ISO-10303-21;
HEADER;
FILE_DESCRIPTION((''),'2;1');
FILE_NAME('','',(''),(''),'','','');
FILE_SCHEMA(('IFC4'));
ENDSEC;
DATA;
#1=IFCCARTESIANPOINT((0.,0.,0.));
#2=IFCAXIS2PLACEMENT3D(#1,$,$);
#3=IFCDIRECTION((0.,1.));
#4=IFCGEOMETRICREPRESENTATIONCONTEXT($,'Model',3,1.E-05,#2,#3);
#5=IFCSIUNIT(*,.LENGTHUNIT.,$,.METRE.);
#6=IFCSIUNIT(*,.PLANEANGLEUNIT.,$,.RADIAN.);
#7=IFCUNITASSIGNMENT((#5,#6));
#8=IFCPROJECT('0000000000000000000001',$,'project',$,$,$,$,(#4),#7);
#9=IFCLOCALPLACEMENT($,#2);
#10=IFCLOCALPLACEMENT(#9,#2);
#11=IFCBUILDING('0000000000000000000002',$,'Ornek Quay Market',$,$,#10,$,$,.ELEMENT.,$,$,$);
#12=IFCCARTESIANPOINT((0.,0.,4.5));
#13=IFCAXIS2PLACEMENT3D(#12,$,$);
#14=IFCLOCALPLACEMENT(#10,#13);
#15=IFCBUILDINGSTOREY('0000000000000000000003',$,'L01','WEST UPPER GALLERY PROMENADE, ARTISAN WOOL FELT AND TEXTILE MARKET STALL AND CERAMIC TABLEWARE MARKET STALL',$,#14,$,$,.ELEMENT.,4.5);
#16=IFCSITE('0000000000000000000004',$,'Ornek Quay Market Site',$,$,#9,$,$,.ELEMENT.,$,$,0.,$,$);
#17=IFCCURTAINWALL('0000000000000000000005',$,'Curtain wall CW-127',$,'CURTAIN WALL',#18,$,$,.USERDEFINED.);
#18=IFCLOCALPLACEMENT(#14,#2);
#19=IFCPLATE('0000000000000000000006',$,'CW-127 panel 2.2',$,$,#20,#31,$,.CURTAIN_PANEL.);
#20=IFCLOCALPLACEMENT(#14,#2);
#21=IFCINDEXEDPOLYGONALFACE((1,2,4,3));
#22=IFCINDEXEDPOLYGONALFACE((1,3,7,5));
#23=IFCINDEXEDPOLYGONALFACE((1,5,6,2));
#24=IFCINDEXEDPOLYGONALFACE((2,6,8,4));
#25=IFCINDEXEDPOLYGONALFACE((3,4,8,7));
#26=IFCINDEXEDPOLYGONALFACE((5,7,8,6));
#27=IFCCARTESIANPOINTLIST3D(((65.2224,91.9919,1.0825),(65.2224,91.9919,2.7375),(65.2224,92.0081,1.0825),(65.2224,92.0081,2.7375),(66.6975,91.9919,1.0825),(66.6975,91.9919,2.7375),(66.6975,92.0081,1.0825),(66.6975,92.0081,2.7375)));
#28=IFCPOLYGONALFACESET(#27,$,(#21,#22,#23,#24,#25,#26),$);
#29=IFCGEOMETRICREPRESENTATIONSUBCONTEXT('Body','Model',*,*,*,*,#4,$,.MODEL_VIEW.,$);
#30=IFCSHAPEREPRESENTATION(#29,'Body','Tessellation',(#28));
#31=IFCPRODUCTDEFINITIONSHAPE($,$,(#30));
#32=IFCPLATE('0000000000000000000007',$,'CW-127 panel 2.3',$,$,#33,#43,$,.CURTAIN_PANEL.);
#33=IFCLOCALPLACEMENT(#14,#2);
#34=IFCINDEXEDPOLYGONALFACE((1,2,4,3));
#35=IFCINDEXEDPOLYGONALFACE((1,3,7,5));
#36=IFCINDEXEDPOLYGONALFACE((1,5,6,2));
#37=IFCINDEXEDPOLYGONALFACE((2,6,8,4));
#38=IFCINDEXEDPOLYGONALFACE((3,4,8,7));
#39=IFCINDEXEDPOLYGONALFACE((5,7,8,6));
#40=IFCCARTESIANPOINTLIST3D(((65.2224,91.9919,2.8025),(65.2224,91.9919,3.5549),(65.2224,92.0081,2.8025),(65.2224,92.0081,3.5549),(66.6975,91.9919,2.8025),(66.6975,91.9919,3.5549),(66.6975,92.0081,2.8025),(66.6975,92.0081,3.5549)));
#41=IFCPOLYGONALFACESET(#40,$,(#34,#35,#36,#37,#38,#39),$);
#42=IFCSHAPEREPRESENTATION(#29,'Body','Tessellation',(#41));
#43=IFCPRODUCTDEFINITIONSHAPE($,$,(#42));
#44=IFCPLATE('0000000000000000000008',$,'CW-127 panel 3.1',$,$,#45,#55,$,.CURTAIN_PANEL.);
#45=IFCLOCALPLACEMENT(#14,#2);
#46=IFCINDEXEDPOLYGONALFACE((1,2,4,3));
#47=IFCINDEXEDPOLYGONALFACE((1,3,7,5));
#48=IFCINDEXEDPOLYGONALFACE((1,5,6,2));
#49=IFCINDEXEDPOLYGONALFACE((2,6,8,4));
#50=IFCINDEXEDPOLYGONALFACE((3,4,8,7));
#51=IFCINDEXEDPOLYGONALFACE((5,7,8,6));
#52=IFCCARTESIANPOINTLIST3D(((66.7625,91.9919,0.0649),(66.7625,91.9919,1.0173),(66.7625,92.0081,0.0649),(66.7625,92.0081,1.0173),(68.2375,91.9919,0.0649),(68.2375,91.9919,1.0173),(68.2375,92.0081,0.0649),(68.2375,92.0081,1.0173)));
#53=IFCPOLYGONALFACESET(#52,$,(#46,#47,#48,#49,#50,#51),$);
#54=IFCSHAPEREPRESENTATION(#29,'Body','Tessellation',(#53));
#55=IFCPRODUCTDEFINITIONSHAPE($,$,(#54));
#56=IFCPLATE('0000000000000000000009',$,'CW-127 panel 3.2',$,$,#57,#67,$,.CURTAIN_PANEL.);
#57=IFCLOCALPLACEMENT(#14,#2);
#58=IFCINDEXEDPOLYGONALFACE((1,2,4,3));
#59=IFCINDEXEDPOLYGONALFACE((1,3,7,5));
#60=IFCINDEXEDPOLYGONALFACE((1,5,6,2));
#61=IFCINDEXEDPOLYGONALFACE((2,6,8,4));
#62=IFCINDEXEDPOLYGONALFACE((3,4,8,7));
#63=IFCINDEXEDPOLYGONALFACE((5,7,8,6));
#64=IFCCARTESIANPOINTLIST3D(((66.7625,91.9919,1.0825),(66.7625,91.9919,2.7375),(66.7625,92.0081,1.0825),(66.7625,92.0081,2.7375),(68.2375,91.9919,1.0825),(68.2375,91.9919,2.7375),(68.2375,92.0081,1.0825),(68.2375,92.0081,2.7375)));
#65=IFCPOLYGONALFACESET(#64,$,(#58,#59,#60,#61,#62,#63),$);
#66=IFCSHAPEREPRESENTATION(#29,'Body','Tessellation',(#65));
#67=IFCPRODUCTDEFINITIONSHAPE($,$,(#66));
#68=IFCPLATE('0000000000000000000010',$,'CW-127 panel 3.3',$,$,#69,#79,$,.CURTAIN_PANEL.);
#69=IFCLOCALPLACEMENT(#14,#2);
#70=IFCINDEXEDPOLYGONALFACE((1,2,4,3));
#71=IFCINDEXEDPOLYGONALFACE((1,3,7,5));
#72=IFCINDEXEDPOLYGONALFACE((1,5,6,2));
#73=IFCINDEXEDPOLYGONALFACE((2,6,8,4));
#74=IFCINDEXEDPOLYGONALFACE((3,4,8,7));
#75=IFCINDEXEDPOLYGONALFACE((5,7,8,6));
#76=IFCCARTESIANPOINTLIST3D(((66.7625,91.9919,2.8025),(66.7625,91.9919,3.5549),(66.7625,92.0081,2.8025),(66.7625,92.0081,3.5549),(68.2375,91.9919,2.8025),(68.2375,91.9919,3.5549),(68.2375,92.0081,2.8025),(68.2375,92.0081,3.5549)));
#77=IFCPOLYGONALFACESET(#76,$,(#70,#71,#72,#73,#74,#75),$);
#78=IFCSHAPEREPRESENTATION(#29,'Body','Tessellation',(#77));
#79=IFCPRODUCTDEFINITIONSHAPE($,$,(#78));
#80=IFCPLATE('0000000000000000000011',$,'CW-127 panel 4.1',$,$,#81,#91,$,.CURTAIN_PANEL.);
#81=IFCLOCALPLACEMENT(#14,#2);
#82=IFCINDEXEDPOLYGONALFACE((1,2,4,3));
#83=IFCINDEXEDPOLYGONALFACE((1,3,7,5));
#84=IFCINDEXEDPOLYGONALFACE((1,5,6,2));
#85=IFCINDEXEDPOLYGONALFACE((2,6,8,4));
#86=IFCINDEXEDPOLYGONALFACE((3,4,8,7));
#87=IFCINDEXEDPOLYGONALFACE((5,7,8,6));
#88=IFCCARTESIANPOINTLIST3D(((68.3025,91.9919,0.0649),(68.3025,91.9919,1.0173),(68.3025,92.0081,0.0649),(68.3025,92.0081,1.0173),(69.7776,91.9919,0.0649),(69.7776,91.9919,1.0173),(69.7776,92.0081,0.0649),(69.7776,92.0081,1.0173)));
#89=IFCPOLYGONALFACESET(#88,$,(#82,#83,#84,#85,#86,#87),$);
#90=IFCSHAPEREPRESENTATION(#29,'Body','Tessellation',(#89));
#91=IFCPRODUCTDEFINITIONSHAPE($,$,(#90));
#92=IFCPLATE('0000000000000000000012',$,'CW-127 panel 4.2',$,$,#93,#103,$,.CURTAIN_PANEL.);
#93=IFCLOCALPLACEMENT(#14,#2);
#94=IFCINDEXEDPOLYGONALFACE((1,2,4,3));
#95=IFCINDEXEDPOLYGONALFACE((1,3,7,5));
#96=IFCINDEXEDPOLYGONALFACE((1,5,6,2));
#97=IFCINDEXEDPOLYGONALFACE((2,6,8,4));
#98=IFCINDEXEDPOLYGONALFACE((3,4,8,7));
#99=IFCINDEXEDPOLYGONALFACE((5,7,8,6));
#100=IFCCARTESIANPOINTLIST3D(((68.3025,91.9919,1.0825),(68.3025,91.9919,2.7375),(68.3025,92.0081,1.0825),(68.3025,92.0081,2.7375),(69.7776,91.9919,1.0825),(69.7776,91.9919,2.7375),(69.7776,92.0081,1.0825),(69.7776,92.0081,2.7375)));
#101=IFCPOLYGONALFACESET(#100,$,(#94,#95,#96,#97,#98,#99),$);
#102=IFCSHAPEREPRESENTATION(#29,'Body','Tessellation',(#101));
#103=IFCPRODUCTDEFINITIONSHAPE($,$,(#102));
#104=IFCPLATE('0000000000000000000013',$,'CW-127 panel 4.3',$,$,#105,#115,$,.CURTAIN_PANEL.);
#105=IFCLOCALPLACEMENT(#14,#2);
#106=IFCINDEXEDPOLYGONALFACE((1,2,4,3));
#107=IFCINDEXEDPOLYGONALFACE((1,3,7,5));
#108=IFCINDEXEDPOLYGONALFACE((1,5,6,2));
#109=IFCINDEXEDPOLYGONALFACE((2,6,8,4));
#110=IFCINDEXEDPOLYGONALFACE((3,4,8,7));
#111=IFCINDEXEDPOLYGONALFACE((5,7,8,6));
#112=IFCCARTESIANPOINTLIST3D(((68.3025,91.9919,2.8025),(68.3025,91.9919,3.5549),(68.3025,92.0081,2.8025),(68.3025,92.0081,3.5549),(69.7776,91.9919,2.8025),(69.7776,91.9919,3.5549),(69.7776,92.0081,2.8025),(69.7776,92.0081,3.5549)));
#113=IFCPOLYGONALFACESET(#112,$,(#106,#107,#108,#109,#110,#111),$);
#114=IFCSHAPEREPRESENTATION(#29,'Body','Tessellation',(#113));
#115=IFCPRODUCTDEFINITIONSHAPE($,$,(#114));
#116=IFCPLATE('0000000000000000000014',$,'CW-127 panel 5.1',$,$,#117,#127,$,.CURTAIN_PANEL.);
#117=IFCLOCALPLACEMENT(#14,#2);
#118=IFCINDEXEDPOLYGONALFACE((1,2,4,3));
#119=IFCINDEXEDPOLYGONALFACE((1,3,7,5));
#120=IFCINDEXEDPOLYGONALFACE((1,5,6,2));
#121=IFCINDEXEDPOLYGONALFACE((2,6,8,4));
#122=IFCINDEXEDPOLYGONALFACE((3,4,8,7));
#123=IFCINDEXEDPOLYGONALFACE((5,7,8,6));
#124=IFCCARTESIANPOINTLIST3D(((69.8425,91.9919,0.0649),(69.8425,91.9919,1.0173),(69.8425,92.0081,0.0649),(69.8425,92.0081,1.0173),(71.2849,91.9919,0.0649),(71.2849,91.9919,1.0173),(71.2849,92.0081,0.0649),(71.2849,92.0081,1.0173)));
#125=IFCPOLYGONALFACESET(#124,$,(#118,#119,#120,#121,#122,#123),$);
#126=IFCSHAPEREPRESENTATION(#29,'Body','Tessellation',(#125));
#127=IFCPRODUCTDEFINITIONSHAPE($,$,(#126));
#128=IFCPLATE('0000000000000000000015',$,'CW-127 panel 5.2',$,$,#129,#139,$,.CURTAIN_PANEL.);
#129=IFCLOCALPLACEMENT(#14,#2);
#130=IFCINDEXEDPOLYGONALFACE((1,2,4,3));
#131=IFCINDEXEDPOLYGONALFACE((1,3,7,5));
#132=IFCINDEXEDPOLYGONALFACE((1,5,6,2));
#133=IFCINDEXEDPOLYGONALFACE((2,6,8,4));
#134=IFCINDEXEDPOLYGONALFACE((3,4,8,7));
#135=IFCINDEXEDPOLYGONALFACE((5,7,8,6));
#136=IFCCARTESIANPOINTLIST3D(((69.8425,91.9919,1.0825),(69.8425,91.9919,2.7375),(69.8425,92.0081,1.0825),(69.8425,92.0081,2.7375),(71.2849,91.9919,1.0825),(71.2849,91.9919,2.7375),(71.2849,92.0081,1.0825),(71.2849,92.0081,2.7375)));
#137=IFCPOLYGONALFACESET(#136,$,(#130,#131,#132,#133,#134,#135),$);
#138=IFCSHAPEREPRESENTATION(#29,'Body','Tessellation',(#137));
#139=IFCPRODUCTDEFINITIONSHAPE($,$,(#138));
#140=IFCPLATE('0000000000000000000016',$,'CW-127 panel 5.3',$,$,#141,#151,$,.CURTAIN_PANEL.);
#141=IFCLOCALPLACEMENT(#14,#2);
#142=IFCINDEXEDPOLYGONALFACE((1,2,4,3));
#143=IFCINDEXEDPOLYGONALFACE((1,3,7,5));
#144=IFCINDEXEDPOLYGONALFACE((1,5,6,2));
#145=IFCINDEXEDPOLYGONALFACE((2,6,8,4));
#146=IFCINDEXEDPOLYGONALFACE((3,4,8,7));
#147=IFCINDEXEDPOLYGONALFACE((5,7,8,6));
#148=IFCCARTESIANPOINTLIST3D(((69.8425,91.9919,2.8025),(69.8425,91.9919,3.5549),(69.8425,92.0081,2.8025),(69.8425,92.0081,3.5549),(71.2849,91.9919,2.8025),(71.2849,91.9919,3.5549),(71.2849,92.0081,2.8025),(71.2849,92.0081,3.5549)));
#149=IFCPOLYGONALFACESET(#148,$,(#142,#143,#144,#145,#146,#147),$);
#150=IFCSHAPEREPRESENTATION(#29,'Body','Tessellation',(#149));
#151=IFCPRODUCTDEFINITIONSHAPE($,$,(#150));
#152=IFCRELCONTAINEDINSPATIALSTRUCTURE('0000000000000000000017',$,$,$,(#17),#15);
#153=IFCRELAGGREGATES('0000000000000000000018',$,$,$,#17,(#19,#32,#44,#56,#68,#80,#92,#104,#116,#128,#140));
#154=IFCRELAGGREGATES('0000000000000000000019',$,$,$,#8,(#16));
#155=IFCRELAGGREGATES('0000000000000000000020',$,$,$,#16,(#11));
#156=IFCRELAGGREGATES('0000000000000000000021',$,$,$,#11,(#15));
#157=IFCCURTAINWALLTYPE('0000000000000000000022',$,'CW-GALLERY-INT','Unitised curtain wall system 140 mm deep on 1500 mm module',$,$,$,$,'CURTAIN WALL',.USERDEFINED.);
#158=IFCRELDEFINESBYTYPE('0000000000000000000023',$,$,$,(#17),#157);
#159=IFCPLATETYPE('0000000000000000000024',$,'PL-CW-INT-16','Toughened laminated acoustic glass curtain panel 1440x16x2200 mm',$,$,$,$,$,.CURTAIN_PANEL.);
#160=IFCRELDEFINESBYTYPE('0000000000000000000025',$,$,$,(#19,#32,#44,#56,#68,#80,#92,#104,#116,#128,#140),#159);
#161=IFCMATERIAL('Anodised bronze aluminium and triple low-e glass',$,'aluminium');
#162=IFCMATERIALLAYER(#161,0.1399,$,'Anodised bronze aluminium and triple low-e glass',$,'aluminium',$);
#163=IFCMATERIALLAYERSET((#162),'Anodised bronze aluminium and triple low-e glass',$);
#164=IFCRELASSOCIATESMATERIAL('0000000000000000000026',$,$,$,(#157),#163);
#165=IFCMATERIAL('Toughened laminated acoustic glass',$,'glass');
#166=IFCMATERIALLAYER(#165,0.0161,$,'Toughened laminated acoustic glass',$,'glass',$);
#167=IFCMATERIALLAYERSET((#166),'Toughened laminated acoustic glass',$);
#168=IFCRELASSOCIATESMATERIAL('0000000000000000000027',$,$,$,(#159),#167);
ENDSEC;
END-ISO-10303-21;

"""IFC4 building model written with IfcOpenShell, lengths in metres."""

from ifc_helpers import new_model, si_unit, direction, frame, origin, origin_2d, place, context, subcontext, project, spatial, rectangle, extrude, material, layer, layer_set, type_object, element, aggregate, save


model = new_model("IFC4")

# Units and contexts
model_context = context("Model", 3, precision=1e-05, world=origin(), true_north=direction((0.0, 1.0)))
body_context = subcontext(model_context, "Body", "Model", "MODEL_VIEW")
ifc_project = project(units=[si_unit("LENGTHUNIT", "METRE"), si_unit("PLANEANGLEUNIT", "RADIAN")], contexts=[model_context])

# Site, building, storey
site_placement = place(None, origin())
site = spatial("IfcSite", under=ifc_project, at=site_placement, Name="Ornek Quay Market Site", CompositionType="ELEMENT", RefElevation=0.0)
building_placement = place(site_placement, origin())
building = spatial("IfcBuilding", under=site, at=building_placement, Name="Ornek Quay Market", CompositionType="ELEMENT")
storey_placement = place(building_placement, frame((0.0, 0.0, 4.5)))
storey = spatial("IfcBuildingStorey", under=building, at=storey_placement, Name="L01", Description="WEST UPPER GALLERY PROMENADE, ARTISAN WOOL FELT AND TEXTILE MARKET STALL AND CERAMIC TABLEWARE MARKET STALL", CompositionType="ELEMENT", Elevation=4.5)

# Curtain wall, plates
ifc_material_1 = material(Name="Anodised bronze aluminium and triple low-e glass", Category="aluminium")
ifc_layer_1 = layer(ifc_material_1, 0.1399, Name="Anodised bronze aluminium and triple low-e glass", Category="aluminium")
ifc_layer_set_1 = layer_set([ifc_layer_1], Name="Anodised bronze aluminium and triple low-e glass")
curtain_wall_type = type_object("IfcCurtainWallType", Name="CW-GALLERY-INT", Description="Unitised curtain wall system 140 mm deep on 1500 mm module", ElementType="CURTAIN WALL", PredefinedType="USERDEFINED", material=ifc_layer_set_1)
curtain_wall_placement = place(storey_placement, origin())
curtain_wall = element("IfcCurtainWall", 1, at=curtain_wall_placement, inside=storey, type_object=curtain_wall_type, Name="Curtain wall CW-127", ObjectType="CURTAIN WALL", PredefinedType="USERDEFINED")
ifc_material_2 = material(Name="Toughened laminated acoustic glass", Category="glass")
ifc_layer_2 = layer(ifc_material_2, 0.0161, Name="Toughened laminated acoustic glass", Category="glass")
ifc_layer_set_2 = layer_set([ifc_layer_2], Name="Toughened laminated acoustic glass")
plate_type = type_object("IfcPlateType", Name="PL-CW-INT-16", Description="Toughened laminated acoustic glass curtain panel 1440x16x2200 mm", PredefinedType="CURTAIN_PANEL", material=ifc_layer_set_2)
plate_1_placement = place(storey_placement, frame((65.96, 92.0, 1.0825), z_axis=(0.0, 0.0, 1.0), x_axis=(1.0, 0.0, 0.0)))
plate_1 = element("IfcPlate", 2, at=plate_1_placement, type_object=plate_type, Name="CW-127 panel 2.2", PredefinedType="CURTAIN_PANEL", context=body_context, shape_type="SweptSolid", body=[
    extrude(rectangle(XDim=1.4751, YDim=0.0161, at=origin_2d()), origin(), (0.0, 0.0, 1.0), 1.655),
])
plate_2_placement = place(storey_placement, frame((65.96, 92.0, 2.8025), z_axis=(0.0, 0.0, 1.0), x_axis=(1.0, 0.0, 0.0)))
plate_2 = element("IfcPlate", 3, at=plate_2_placement, type_object=plate_type, Name="CW-127 panel 2.3", PredefinedType="CURTAIN_PANEL", context=body_context, shape_type="SweptSolid", body=[
    extrude(rectangle(XDim=1.4751, YDim=0.0161, at=origin_2d()), origin(), (0.0, 0.0, 1.0), 0.7524),
])
plate_3_placement = place(storey_placement, frame((67.5, 92.0, 0.0649), z_axis=(0.0, 0.0, 1.0), x_axis=(1.0, 0.0, 0.0)))
plate_3 = element("IfcPlate", 4, at=plate_3_placement, type_object=plate_type, Name="CW-127 panel 3.1", PredefinedType="CURTAIN_PANEL", context=body_context, shape_type="SweptSolid", body=[
    extrude(rectangle(XDim=1.4751, YDim=0.0161, at=origin_2d()), origin(), (0.0, 0.0, 1.0), 0.9524),
])
plate_4_placement = place(storey_placement, frame((67.5, 92.0, 1.0825), z_axis=(0.0, 0.0, 1.0), x_axis=(1.0, 0.0, 0.0)))
plate_4 = element("IfcPlate", 5, at=plate_4_placement, type_object=plate_type, Name="CW-127 panel 3.2", PredefinedType="CURTAIN_PANEL", context=body_context, shape_type="SweptSolid", body=[
    extrude(rectangle(XDim=1.4751, YDim=0.0161, at=origin_2d()), origin(), (0.0, 0.0, 1.0), 1.655),
])
plate_5_placement = place(storey_placement, frame((67.5, 92.0, 2.8025), z_axis=(0.0, 0.0, 1.0), x_axis=(1.0, 0.0, 0.0)))
plate_5 = element("IfcPlate", 6, at=plate_5_placement, type_object=plate_type, Name="CW-127 panel 3.3", PredefinedType="CURTAIN_PANEL", context=body_context, shape_type="SweptSolid", body=[
    extrude(rectangle(XDim=1.4751, YDim=0.0161, at=origin_2d()), origin(), (0.0, 0.0, 1.0), 0.7524),
])
plate_6_placement = place(storey_placement, frame((69.04, 92.0, 0.0649), z_axis=(0.0, 0.0, 1.0), x_axis=(1.0, 0.0, 0.0)))
plate_6 = element("IfcPlate", 7, at=plate_6_placement, type_object=plate_type, Name="CW-127 panel 4.1", PredefinedType="CURTAIN_PANEL", context=body_context, shape_type="SweptSolid", body=[
    extrude(rectangle(XDim=1.4751, YDim=0.0161, at=origin_2d()), origin(), (0.0, 0.0, 1.0), 0.9524),
])
plate_7_placement = place(storey_placement, frame((69.04, 92.0, 1.0825), z_axis=(0.0, 0.0, 1.0), x_axis=(1.0, 0.0, 0.0)))
plate_7 = element("IfcPlate", 8, at=plate_7_placement, type_object=plate_type, Name="CW-127 panel 4.2", PredefinedType="CURTAIN_PANEL", context=body_context, shape_type="SweptSolid", body=[
    extrude(rectangle(XDim=1.4751, YDim=0.0161, at=origin_2d()), origin(), (0.0, 0.0, 1.0), 1.655),
])
plate_8_placement = place(storey_placement, frame((69.04, 92.0, 2.8025), z_axis=(0.0, 0.0, 1.0), x_axis=(1.0, 0.0, 0.0)))
plate_8 = element("IfcPlate", 9, at=plate_8_placement, type_object=plate_type, Name="CW-127 panel 4.3", PredefinedType="CURTAIN_PANEL", context=body_context, shape_type="SweptSolid", body=[
    extrude(rectangle(XDim=1.4751, YDim=0.0161, at=origin_2d()), origin(), (0.0, 0.0, 1.0), 0.7524),
])
plate_9_placement = place(storey_placement, frame((70.5637, 92.0, 0.0649), z_axis=(0.0, 0.0, 1.0), x_axis=(1.0, 0.0, 0.0)))
plate_9 = element("IfcPlate", 10, at=plate_9_placement, type_object=plate_type, Name="CW-127 panel 5.1", PredefinedType="CURTAIN_PANEL", context=body_context, shape_type="SweptSolid", body=[
    extrude(rectangle(XDim=1.4424, YDim=0.0161, at=origin_2d()), origin(), (0.0, 0.0, 1.0), 0.9524),
])
plate_10_placement = place(storey_placement, frame((70.5637, 92.0, 1.0825), z_axis=(0.0, 0.0, 1.0), x_axis=(1.0, 0.0, 0.0)))
plate_10 = element("IfcPlate", 11, at=plate_10_placement, type_object=plate_type, Name="CW-127 panel 5.2", PredefinedType="CURTAIN_PANEL", context=body_context, shape_type="SweptSolid", body=[
    extrude(rectangle(XDim=1.4424, YDim=0.0161, at=origin_2d()), origin(), (0.0, 0.0, 1.0), 1.655),
])
plate_11_placement = place(storey_placement, frame((70.5637, 92.0, 2.8025), z_axis=(0.0, 0.0, 1.0), x_axis=(1.0, 0.0, 0.0)))
plate_11 = element("IfcPlate", 12, at=plate_11_placement, type_object=plate_type, Name="CW-127 panel 5.3", PredefinedType="CURTAIN_PANEL", context=body_context, shape_type="SweptSolid", body=[
    extrude(rectangle(XDim=1.4424, YDim=0.0161, at=origin_2d()), origin(), (0.0, 0.0, 1.0), 0.7524),
])
aggregate(curtain_wall, [plate_1, plate_2, plate_3, plate_4, plate_5, plate_6, plate_7, plate_8, plate_9, plate_10, plate_11])

save(model, "model.ifc")
